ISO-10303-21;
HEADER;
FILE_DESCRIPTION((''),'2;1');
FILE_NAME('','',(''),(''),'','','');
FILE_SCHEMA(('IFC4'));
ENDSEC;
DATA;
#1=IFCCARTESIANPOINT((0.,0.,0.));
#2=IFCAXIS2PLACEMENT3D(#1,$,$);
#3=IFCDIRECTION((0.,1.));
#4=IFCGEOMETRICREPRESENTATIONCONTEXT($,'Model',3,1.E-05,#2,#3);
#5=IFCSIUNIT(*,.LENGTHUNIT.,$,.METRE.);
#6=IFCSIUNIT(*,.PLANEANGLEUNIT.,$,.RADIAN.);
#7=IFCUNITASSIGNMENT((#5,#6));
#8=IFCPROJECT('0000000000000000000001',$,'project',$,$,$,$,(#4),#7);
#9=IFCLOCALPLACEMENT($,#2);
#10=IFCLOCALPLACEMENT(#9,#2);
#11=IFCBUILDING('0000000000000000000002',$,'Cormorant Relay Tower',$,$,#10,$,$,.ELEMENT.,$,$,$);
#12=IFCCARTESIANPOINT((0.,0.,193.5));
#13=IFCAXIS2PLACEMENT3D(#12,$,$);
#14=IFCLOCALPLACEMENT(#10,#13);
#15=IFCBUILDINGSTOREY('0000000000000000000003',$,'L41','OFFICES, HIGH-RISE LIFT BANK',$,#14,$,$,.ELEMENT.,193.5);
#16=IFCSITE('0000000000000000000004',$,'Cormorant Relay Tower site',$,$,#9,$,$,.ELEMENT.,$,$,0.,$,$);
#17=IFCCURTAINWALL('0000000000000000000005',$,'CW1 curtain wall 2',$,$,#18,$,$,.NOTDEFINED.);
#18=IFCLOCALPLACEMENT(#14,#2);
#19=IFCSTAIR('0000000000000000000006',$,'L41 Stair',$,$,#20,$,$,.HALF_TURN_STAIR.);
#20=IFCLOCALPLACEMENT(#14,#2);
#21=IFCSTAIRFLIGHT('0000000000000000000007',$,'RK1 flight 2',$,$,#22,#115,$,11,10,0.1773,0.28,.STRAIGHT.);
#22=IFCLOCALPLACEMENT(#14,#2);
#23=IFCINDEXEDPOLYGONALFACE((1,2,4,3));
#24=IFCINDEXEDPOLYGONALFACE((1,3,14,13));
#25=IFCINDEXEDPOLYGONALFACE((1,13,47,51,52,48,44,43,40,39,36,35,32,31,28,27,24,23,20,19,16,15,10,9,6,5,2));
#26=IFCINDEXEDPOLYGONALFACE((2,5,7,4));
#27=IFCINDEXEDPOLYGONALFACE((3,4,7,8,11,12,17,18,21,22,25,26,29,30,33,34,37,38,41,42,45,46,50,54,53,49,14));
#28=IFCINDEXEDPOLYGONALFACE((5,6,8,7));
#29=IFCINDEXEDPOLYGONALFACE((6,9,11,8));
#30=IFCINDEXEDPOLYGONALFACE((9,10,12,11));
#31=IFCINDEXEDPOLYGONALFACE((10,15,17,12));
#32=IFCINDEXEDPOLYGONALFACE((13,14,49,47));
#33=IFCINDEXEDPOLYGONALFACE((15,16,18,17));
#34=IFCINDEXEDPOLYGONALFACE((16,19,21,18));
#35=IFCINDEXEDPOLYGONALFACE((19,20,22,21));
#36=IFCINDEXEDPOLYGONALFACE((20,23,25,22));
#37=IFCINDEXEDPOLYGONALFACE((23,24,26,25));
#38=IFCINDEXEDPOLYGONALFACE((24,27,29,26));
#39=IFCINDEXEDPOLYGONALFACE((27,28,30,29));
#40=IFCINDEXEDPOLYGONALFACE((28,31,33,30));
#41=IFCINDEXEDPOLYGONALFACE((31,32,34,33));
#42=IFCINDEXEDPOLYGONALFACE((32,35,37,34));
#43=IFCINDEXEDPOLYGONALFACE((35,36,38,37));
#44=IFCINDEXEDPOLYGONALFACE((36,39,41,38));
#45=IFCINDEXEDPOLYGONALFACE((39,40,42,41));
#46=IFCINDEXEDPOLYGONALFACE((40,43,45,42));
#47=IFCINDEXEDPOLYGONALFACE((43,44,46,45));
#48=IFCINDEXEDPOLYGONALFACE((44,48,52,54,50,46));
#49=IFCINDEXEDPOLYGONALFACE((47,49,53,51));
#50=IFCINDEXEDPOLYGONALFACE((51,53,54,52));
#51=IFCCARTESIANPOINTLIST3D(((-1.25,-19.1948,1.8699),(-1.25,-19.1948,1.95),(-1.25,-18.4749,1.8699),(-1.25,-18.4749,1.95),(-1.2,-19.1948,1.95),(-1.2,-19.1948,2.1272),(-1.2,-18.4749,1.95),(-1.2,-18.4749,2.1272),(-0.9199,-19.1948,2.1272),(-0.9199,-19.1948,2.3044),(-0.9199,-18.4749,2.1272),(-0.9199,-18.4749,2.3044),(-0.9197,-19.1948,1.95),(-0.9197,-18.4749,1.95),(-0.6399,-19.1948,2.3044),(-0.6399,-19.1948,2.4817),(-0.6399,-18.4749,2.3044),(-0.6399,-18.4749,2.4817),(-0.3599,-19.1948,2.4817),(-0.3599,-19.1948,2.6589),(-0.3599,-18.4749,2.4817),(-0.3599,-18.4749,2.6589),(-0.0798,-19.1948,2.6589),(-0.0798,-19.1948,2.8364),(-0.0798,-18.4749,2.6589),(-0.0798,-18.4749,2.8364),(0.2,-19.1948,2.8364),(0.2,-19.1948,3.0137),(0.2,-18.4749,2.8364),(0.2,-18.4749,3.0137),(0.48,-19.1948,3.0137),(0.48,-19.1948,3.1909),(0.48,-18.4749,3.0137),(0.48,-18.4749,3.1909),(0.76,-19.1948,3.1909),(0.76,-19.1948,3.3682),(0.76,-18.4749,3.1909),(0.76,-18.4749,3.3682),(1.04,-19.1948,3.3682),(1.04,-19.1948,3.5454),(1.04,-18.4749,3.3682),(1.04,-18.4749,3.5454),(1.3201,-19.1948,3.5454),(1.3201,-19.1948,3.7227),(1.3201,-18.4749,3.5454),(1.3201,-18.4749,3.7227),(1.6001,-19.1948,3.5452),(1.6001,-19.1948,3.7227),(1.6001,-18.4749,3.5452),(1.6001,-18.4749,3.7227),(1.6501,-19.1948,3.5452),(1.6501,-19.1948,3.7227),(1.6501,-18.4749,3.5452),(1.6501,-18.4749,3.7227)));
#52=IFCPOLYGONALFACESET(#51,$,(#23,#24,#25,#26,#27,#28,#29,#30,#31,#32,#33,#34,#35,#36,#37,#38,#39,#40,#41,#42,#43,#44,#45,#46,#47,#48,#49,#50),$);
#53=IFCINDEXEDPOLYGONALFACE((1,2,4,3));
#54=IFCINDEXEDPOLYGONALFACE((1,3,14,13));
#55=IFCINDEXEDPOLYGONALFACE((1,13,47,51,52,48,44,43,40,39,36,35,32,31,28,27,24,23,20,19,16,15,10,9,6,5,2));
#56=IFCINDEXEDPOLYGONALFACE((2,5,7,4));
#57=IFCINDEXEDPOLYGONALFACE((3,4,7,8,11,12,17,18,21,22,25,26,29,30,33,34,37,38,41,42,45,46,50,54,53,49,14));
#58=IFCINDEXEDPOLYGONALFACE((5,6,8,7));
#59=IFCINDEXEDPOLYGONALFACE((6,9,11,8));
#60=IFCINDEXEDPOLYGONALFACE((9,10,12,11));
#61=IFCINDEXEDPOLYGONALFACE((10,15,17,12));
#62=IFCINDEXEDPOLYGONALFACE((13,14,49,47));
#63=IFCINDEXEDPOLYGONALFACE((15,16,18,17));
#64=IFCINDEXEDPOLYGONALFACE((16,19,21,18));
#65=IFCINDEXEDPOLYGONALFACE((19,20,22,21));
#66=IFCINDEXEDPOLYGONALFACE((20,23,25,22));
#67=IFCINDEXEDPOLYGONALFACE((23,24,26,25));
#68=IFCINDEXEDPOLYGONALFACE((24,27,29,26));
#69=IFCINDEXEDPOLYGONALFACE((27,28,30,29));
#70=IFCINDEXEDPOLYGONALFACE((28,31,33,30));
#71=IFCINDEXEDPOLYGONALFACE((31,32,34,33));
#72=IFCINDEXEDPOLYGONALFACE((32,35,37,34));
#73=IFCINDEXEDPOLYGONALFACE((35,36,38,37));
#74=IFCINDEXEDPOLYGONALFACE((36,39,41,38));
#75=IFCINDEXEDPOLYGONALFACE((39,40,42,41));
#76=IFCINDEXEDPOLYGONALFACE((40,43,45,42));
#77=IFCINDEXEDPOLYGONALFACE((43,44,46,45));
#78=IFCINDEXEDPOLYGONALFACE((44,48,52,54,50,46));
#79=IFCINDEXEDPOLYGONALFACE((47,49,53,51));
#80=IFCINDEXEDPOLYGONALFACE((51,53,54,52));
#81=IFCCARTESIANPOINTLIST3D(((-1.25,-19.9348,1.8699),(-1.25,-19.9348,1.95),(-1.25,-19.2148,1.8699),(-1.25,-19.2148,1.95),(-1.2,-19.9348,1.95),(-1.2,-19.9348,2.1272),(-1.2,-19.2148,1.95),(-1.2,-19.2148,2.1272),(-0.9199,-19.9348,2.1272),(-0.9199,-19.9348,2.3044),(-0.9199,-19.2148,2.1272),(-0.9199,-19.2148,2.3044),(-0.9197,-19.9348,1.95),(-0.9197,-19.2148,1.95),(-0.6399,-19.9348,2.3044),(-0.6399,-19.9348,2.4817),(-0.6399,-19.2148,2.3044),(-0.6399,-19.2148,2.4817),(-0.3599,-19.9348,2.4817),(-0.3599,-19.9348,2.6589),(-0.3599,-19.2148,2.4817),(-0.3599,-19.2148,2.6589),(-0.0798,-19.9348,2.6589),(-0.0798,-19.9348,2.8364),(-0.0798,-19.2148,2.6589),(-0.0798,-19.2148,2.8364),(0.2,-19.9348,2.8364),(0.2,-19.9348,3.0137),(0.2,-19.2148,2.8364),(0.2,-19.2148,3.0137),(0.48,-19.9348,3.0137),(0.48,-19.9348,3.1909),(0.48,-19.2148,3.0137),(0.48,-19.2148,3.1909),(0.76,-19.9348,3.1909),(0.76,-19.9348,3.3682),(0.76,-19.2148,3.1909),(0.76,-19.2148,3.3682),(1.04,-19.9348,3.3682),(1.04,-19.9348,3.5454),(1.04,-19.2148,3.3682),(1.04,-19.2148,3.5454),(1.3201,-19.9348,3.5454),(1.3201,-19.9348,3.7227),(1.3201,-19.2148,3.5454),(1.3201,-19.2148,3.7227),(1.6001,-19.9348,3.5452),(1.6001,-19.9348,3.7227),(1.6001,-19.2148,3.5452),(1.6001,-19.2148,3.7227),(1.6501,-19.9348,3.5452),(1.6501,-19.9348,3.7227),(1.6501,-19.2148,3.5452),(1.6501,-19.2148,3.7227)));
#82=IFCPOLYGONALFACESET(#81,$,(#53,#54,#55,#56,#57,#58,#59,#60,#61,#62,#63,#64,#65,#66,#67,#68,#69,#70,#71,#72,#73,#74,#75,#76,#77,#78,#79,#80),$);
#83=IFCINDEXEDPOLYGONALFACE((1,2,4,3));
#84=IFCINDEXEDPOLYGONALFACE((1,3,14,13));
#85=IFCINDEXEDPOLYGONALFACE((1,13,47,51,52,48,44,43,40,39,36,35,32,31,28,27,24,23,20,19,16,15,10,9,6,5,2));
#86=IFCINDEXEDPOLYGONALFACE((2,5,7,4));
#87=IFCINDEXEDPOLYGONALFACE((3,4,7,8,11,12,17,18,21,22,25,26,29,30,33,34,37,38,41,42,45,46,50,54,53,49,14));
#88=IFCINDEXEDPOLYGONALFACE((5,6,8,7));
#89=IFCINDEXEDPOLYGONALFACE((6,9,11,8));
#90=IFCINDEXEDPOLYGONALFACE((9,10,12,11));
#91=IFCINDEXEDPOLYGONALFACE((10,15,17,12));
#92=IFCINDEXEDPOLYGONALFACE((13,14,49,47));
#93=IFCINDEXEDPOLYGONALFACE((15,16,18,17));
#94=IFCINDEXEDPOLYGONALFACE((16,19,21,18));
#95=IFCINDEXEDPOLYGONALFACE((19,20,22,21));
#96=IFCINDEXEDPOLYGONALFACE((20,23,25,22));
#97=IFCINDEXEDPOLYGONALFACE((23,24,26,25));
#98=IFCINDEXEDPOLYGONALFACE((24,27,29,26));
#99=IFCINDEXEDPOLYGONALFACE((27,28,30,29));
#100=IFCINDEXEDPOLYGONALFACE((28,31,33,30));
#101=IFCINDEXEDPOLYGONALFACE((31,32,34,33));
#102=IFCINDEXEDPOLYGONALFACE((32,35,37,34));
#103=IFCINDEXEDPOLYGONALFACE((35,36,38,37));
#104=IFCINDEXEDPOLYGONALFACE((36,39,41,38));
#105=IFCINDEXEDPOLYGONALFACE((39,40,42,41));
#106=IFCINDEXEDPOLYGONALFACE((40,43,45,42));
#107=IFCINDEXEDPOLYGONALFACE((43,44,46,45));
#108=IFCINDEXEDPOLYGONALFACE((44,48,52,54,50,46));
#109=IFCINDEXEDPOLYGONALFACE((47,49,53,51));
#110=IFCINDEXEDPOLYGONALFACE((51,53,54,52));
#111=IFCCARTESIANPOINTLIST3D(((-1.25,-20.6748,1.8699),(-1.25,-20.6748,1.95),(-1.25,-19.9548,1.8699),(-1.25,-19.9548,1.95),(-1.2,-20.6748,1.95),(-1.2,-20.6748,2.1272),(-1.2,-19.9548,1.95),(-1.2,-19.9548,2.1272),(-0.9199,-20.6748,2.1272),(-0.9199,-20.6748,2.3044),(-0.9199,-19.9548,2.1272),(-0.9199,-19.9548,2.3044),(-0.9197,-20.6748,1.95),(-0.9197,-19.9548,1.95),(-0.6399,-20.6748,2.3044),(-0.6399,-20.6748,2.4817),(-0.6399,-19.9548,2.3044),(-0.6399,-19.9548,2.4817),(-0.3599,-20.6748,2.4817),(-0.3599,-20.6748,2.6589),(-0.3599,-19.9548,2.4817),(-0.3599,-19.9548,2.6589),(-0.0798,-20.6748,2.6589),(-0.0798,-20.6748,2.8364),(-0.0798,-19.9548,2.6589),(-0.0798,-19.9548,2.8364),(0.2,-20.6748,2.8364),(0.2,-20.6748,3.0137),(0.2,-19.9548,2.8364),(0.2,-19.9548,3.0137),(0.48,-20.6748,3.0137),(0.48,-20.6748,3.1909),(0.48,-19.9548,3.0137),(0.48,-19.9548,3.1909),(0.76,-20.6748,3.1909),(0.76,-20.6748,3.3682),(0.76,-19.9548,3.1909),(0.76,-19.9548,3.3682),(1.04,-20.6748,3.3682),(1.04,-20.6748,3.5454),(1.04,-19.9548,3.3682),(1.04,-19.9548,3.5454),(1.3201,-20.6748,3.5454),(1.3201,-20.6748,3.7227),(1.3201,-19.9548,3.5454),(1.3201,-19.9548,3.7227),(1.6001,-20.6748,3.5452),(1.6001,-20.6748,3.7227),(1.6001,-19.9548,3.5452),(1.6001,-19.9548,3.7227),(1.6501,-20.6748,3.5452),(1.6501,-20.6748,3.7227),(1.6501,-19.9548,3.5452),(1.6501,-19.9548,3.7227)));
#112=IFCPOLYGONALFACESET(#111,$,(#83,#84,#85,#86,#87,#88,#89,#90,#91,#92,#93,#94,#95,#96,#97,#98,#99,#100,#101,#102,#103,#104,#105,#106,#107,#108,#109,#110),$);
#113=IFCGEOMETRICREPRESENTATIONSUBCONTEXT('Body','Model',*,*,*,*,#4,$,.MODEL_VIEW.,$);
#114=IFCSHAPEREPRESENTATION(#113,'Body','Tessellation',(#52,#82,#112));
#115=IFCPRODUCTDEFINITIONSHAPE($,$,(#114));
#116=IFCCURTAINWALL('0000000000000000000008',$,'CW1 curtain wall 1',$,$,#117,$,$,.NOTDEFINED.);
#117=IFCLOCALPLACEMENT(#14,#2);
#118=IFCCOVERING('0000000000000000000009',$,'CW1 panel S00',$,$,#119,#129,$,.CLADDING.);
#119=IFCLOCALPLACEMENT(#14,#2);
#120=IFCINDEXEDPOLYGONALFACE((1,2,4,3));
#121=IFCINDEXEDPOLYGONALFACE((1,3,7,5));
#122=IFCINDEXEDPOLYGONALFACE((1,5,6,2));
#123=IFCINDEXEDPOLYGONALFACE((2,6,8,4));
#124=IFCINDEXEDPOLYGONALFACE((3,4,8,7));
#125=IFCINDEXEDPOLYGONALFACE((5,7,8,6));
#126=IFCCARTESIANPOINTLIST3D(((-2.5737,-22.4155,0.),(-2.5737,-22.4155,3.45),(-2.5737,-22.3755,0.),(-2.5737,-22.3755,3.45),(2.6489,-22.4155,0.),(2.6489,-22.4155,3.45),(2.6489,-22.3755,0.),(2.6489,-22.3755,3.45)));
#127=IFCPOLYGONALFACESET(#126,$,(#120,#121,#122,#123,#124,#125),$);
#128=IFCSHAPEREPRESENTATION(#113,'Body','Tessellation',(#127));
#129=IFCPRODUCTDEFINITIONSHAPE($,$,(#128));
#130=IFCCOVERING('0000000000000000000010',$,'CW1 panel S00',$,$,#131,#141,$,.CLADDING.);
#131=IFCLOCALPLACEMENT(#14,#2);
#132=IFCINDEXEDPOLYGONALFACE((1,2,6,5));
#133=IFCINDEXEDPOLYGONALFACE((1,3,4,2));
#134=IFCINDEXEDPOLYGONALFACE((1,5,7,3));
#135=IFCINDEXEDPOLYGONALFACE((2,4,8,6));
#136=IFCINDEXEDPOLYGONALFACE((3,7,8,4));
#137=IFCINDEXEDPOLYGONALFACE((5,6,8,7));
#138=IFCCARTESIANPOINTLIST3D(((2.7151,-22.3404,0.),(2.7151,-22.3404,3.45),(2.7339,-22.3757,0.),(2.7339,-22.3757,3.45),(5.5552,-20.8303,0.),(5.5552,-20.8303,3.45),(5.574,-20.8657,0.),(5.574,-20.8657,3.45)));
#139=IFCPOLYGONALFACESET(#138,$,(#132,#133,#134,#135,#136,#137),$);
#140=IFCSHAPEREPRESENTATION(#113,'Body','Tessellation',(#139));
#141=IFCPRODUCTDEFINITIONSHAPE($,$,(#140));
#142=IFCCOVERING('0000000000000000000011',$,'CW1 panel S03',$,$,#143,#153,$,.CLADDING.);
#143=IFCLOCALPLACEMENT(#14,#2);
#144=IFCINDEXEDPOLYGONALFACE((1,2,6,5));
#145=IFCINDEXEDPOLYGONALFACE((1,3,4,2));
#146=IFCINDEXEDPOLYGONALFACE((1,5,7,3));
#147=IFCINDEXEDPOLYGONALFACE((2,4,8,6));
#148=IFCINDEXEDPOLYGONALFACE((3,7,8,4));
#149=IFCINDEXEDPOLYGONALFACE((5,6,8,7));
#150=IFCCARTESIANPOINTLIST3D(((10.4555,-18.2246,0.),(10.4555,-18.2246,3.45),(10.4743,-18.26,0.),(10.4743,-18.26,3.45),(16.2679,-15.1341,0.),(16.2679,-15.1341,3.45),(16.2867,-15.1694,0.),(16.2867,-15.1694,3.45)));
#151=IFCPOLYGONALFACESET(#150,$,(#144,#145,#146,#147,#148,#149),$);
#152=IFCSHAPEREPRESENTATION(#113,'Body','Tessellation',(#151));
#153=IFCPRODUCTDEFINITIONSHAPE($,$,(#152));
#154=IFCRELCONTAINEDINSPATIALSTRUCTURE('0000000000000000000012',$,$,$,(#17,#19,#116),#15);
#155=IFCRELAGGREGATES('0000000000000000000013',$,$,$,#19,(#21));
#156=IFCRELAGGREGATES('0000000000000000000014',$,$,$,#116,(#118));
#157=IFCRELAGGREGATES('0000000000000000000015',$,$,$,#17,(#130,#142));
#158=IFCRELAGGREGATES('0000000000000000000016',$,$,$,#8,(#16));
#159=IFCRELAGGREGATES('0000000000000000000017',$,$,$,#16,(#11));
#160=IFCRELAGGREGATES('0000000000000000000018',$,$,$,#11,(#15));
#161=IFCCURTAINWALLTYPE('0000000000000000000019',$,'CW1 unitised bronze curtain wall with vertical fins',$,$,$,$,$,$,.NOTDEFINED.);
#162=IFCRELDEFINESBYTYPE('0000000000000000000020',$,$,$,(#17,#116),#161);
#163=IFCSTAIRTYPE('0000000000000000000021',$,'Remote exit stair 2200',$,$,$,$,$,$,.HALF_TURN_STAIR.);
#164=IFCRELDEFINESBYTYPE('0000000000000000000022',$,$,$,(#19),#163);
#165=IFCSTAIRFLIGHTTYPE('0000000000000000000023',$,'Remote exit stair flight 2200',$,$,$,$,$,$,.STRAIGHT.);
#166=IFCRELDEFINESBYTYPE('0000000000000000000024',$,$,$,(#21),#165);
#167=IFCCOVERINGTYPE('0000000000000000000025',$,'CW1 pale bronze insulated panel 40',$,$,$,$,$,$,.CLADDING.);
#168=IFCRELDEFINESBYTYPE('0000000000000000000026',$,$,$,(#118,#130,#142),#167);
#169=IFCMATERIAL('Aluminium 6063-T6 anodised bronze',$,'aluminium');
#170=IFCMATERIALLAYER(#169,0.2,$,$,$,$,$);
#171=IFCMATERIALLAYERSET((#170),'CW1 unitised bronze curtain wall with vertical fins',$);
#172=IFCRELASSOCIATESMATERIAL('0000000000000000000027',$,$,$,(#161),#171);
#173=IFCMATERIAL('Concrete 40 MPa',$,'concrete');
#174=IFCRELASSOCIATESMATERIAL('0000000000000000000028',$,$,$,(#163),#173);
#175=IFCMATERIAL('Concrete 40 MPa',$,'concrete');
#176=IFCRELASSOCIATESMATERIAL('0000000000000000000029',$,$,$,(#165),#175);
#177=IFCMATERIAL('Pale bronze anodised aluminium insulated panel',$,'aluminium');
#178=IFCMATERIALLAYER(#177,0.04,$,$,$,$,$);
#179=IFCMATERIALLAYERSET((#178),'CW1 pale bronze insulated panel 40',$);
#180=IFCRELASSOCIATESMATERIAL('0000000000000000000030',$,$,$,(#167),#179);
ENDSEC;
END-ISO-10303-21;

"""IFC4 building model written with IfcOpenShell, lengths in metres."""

from ifc_helpers import new_model, si_unit, direction, frame, origin, origin_2d, place, context, subcontext, project, spatial, polyline, rectangle, outline, extrude, material, layer, layer_set, type_object, element, aggregate, save


model = new_model("IFC4")

# Units and contexts
model_context = context("Model", 3, precision=1e-05, world=origin(), true_north=direction((0.0, 1.0)))
body_context = subcontext(model_context, "Body", "Model", "MODEL_VIEW")
ifc_project = project(units=[si_unit("LENGTHUNIT", "METRE"), si_unit("PLANEANGLEUNIT", "RADIAN")], contexts=[model_context])

# Site, building, storey
site_placement = place(None, origin())
site = spatial("IfcSite", under=ifc_project, at=site_placement, Name="Cormorant Relay Tower site", CompositionType="ELEMENT", RefElevation=0.0)
building_placement = place(site_placement, origin())
building = spatial("IfcBuilding", under=site, at=building_placement, Name="Cormorant Relay Tower", CompositionType="ELEMENT")
storey_placement = place(building_placement, frame((0.0, 0.0, 193.5)))
storey = spatial("IfcBuildingStorey", under=building, at=storey_placement, Name="L41", Description="OFFICES, HIGH-RISE LIFT BANK", CompositionType="ELEMENT", Elevation=193.5)

# Curtain wall
ifc_material_1 = material(Name="Aluminium 6063-T6 anodised bronze", Category="aluminium")
ifc_layer_1 = layer(ifc_material_1, 0.2)
ifc_layer_set_1 = layer_set([ifc_layer_1], Name="CW1 unitised bronze curtain wall with vertical fins")
curtain_wall_type = type_object("IfcCurtainWallType", Name="CW1 unitised bronze curtain wall with vertical fins", PredefinedType="NOTDEFINED", material=ifc_layer_set_1)
curtain_wall_1_placement = place(storey_placement, origin())
curtain_wall_1 = element("IfcCurtainWall", 1, at=curtain_wall_1_placement, inside=storey, type_object=curtain_wall_type, Name="CW1 curtain wall 2", PredefinedType="NOTDEFINED")

# Stair, stair flight
ifc_material_2 = material(Name="Concrete 40 MPa", Category="concrete")
stair_type = type_object("IfcStairType", Name="Remote exit stair 2200", PredefinedType="HALF_TURN_STAIR", material=ifc_material_2)
stair_placement = place(storey_placement, origin())
stair = element("IfcStair", 2, at=stair_placement, inside=storey, type_object=stair_type, Name="L41 Stair", PredefinedType="HALF_TURN_STAIR")
ifc_material_3 = material(Name="Concrete 40 MPa", Category="concrete")
stair_flight_type = type_object("IfcStairFlightType", Name="Remote exit stair flight 2200", PredefinedType="STRAIGHT", material=ifc_material_3)
stair_flight_1_placement = place(storey_placement, frame((-1.2, -19.575, 1.95), z_axis=(0.0, 0.0, 1.0), x_axis=(1.0, 0.0, 0.0)))
stair_flight_1 = element("IfcStairFlight", 3, at=stair_flight_1_placement, type_object=stair_flight_type, Name="RK1 flight 2", NumberOfRisers=11, NumberOfTreads=10, PredefinedType="STRAIGHT", RiserHeight=0.1773, TreadLength=0.28, context=body_context, shape_type="SweptSolid", body=[
    extrude(outline(polyline([(-0.05, -0.0801), (-0.05, 0.0), (0.0, 0.0), (0.0, 0.1772), (0.28, 0.1772), (0.28, 0.3545), (0.5601, 0.3545), (0.5601, 0.5317), (0.8401, 0.5317), (0.8401, 0.709), (1.1201, 0.709), (1.1201, 0.8865), (1.3999, 0.8865), (1.3999, 1.0637), (1.6799, 1.0637), (1.6799, 1.241), (1.96, 1.241), (1.96, 1.4182), (2.24, 1.4182), (2.24, 1.5955), (2.52, 1.5955), (2.52, 1.7727), (2.8, 1.7727), (2.8501, 1.7727), (2.8501, 1.5952), (2.8, 1.5952), (0.2803, 0.0), (-0.05, -0.0801)])), frame((0.0, 1.1001, 0.0), z_axis=(0.0, -1.0, 0.0), x_axis=(1.0, 0.0, 0.0)), (0.0, 0.0, 1.0), 0.72),
    extrude(outline(polyline([(-0.05, -0.0801), (-0.05, 0.0), (0.0, 0.0), (0.0, 0.1772), (0.28, 0.1772), (0.28, 0.3545), (0.5601, 0.3545), (0.5601, 0.5317), (0.8401, 0.5317), (0.8401, 0.709), (1.1201, 0.709), (1.1201, 0.8865), (1.3999, 0.8865), (1.3999, 1.0637), (1.6799, 1.0637), (1.6799, 1.241), (1.96, 1.241), (1.96, 1.4182), (2.24, 1.4182), (2.24, 1.5955), (2.52, 1.5955), (2.52, 1.7727), (2.8, 1.7727), (2.8501, 1.7727), (2.8501, 1.5952), (2.8, 1.5952), (0.2803, 0.0), (-0.05, -0.0801)])), frame((0.0, 0.3601, 0.0), z_axis=(0.0, -1.0, 0.0), x_axis=(1.0, 0.0, 0.0)), (0.0, 0.0, 1.0), 0.72),
    extrude(outline(polyline([(-0.05, -0.0801), (-0.05, 0.0), (0.0, 0.0), (0.0, 0.1772), (0.28, 0.1772), (0.28, 0.3545), (0.5601, 0.3545), (0.5601, 0.5317), (0.8401, 0.5317), (0.8401, 0.709), (1.1201, 0.709), (1.1201, 0.8865), (1.3999, 0.8865), (1.3999, 1.0637), (1.6799, 1.0637), (1.6799, 1.241), (1.96, 1.241), (1.96, 1.4182), (2.24, 1.4182), (2.24, 1.5955), (2.52, 1.5955), (2.52, 1.7727), (2.8, 1.7727), (2.8501, 1.7727), (2.8501, 1.5952), (2.8, 1.5952), (0.2803, 0.0), (-0.05, -0.0801)])), frame((0.0, -0.3799, 0.0), z_axis=(0.0, -1.0, 0.0), x_axis=(1.0, 0.0, 0.0)), (0.0, 0.0, 1.0), 0.72),
])
aggregate(stair, [stair_flight_1])

# Curtain wall, covering
curtain_wall_2_placement = place(storey_placement, origin())
curtain_wall_2 = element("IfcCurtainWall", 4, at=curtain_wall_2_placement, inside=storey, type_object=curtain_wall_type, Name="CW1 curtain wall 1", PredefinedType="NOTDEFINED")
ifc_material_4 = material(Name="Pale bronze anodised aluminium insulated panel", Category="aluminium")
ifc_layer_2 = layer(ifc_material_4, 0.04)
ifc_layer_set_2 = layer_set([ifc_layer_2], Name="CW1 pale bronze insulated panel 40")
covering_type = type_object("IfcCoveringType", Name="CW1 pale bronze insulated panel 40", PredefinedType="CLADDING", material=ifc_layer_set_2)
covering_1_placement = place(storey_placement, frame((0.0376, -22.3955, 0.0), z_axis=(0.0, 0.0, 1.0), x_axis=(1.0, 0.0, 0.0)))
covering_1 = element("IfcCovering", 5, at=covering_1_placement, type_object=covering_type, Name="CW1 panel S00", PredefinedType="CLADDING", context=body_context, shape_type="SweptSolid", body=[
    extrude(rectangle(XDim=5.2227, YDim=0.04, at=origin_2d()), origin(), (0.0, 0.0, 1.0), 3.45),
])
aggregate(curtain_wall_2, [covering_1])

# Coverings
covering_2_placement = place(storey_placement, frame((4.1445, -21.603, 0.0), z_axis=(0.0, 0.0, 1.0), x_axis=(0.882948, 0.469472, 0.0)))
covering_2 = element("IfcCovering", 6, at=covering_2_placement, type_object=covering_type, Name="CW1 panel S00", PredefinedType="CLADDING", context=body_context, shape_type="SweptSolid", body=[
    extrude(rectangle(XDim=3.2166, YDim=0.04, at=origin_2d()), origin(), (0.0, 0.0, 1.0), 3.45),
])
covering_3_placement = place(storey_placement, frame((13.3711, -16.697, 0.0), z_axis=(0.0, 0.0, 1.0), x_axis=(0.882948, 0.469472, 0.0)))
covering_3 = element("IfcCovering", 7, at=covering_3_placement, type_object=covering_type, Name="CW1 panel S03", PredefinedType="CLADDING", context=body_context, shape_type="SweptSolid", body=[
    extrude(rectangle(XDim=6.583, YDim=0.04, at=origin_2d()), origin(), (0.0, 0.0, 1.0), 3.45),
])
aggregate(curtain_wall_1, [covering_2, covering_3])

save(model, "model.ifc")
